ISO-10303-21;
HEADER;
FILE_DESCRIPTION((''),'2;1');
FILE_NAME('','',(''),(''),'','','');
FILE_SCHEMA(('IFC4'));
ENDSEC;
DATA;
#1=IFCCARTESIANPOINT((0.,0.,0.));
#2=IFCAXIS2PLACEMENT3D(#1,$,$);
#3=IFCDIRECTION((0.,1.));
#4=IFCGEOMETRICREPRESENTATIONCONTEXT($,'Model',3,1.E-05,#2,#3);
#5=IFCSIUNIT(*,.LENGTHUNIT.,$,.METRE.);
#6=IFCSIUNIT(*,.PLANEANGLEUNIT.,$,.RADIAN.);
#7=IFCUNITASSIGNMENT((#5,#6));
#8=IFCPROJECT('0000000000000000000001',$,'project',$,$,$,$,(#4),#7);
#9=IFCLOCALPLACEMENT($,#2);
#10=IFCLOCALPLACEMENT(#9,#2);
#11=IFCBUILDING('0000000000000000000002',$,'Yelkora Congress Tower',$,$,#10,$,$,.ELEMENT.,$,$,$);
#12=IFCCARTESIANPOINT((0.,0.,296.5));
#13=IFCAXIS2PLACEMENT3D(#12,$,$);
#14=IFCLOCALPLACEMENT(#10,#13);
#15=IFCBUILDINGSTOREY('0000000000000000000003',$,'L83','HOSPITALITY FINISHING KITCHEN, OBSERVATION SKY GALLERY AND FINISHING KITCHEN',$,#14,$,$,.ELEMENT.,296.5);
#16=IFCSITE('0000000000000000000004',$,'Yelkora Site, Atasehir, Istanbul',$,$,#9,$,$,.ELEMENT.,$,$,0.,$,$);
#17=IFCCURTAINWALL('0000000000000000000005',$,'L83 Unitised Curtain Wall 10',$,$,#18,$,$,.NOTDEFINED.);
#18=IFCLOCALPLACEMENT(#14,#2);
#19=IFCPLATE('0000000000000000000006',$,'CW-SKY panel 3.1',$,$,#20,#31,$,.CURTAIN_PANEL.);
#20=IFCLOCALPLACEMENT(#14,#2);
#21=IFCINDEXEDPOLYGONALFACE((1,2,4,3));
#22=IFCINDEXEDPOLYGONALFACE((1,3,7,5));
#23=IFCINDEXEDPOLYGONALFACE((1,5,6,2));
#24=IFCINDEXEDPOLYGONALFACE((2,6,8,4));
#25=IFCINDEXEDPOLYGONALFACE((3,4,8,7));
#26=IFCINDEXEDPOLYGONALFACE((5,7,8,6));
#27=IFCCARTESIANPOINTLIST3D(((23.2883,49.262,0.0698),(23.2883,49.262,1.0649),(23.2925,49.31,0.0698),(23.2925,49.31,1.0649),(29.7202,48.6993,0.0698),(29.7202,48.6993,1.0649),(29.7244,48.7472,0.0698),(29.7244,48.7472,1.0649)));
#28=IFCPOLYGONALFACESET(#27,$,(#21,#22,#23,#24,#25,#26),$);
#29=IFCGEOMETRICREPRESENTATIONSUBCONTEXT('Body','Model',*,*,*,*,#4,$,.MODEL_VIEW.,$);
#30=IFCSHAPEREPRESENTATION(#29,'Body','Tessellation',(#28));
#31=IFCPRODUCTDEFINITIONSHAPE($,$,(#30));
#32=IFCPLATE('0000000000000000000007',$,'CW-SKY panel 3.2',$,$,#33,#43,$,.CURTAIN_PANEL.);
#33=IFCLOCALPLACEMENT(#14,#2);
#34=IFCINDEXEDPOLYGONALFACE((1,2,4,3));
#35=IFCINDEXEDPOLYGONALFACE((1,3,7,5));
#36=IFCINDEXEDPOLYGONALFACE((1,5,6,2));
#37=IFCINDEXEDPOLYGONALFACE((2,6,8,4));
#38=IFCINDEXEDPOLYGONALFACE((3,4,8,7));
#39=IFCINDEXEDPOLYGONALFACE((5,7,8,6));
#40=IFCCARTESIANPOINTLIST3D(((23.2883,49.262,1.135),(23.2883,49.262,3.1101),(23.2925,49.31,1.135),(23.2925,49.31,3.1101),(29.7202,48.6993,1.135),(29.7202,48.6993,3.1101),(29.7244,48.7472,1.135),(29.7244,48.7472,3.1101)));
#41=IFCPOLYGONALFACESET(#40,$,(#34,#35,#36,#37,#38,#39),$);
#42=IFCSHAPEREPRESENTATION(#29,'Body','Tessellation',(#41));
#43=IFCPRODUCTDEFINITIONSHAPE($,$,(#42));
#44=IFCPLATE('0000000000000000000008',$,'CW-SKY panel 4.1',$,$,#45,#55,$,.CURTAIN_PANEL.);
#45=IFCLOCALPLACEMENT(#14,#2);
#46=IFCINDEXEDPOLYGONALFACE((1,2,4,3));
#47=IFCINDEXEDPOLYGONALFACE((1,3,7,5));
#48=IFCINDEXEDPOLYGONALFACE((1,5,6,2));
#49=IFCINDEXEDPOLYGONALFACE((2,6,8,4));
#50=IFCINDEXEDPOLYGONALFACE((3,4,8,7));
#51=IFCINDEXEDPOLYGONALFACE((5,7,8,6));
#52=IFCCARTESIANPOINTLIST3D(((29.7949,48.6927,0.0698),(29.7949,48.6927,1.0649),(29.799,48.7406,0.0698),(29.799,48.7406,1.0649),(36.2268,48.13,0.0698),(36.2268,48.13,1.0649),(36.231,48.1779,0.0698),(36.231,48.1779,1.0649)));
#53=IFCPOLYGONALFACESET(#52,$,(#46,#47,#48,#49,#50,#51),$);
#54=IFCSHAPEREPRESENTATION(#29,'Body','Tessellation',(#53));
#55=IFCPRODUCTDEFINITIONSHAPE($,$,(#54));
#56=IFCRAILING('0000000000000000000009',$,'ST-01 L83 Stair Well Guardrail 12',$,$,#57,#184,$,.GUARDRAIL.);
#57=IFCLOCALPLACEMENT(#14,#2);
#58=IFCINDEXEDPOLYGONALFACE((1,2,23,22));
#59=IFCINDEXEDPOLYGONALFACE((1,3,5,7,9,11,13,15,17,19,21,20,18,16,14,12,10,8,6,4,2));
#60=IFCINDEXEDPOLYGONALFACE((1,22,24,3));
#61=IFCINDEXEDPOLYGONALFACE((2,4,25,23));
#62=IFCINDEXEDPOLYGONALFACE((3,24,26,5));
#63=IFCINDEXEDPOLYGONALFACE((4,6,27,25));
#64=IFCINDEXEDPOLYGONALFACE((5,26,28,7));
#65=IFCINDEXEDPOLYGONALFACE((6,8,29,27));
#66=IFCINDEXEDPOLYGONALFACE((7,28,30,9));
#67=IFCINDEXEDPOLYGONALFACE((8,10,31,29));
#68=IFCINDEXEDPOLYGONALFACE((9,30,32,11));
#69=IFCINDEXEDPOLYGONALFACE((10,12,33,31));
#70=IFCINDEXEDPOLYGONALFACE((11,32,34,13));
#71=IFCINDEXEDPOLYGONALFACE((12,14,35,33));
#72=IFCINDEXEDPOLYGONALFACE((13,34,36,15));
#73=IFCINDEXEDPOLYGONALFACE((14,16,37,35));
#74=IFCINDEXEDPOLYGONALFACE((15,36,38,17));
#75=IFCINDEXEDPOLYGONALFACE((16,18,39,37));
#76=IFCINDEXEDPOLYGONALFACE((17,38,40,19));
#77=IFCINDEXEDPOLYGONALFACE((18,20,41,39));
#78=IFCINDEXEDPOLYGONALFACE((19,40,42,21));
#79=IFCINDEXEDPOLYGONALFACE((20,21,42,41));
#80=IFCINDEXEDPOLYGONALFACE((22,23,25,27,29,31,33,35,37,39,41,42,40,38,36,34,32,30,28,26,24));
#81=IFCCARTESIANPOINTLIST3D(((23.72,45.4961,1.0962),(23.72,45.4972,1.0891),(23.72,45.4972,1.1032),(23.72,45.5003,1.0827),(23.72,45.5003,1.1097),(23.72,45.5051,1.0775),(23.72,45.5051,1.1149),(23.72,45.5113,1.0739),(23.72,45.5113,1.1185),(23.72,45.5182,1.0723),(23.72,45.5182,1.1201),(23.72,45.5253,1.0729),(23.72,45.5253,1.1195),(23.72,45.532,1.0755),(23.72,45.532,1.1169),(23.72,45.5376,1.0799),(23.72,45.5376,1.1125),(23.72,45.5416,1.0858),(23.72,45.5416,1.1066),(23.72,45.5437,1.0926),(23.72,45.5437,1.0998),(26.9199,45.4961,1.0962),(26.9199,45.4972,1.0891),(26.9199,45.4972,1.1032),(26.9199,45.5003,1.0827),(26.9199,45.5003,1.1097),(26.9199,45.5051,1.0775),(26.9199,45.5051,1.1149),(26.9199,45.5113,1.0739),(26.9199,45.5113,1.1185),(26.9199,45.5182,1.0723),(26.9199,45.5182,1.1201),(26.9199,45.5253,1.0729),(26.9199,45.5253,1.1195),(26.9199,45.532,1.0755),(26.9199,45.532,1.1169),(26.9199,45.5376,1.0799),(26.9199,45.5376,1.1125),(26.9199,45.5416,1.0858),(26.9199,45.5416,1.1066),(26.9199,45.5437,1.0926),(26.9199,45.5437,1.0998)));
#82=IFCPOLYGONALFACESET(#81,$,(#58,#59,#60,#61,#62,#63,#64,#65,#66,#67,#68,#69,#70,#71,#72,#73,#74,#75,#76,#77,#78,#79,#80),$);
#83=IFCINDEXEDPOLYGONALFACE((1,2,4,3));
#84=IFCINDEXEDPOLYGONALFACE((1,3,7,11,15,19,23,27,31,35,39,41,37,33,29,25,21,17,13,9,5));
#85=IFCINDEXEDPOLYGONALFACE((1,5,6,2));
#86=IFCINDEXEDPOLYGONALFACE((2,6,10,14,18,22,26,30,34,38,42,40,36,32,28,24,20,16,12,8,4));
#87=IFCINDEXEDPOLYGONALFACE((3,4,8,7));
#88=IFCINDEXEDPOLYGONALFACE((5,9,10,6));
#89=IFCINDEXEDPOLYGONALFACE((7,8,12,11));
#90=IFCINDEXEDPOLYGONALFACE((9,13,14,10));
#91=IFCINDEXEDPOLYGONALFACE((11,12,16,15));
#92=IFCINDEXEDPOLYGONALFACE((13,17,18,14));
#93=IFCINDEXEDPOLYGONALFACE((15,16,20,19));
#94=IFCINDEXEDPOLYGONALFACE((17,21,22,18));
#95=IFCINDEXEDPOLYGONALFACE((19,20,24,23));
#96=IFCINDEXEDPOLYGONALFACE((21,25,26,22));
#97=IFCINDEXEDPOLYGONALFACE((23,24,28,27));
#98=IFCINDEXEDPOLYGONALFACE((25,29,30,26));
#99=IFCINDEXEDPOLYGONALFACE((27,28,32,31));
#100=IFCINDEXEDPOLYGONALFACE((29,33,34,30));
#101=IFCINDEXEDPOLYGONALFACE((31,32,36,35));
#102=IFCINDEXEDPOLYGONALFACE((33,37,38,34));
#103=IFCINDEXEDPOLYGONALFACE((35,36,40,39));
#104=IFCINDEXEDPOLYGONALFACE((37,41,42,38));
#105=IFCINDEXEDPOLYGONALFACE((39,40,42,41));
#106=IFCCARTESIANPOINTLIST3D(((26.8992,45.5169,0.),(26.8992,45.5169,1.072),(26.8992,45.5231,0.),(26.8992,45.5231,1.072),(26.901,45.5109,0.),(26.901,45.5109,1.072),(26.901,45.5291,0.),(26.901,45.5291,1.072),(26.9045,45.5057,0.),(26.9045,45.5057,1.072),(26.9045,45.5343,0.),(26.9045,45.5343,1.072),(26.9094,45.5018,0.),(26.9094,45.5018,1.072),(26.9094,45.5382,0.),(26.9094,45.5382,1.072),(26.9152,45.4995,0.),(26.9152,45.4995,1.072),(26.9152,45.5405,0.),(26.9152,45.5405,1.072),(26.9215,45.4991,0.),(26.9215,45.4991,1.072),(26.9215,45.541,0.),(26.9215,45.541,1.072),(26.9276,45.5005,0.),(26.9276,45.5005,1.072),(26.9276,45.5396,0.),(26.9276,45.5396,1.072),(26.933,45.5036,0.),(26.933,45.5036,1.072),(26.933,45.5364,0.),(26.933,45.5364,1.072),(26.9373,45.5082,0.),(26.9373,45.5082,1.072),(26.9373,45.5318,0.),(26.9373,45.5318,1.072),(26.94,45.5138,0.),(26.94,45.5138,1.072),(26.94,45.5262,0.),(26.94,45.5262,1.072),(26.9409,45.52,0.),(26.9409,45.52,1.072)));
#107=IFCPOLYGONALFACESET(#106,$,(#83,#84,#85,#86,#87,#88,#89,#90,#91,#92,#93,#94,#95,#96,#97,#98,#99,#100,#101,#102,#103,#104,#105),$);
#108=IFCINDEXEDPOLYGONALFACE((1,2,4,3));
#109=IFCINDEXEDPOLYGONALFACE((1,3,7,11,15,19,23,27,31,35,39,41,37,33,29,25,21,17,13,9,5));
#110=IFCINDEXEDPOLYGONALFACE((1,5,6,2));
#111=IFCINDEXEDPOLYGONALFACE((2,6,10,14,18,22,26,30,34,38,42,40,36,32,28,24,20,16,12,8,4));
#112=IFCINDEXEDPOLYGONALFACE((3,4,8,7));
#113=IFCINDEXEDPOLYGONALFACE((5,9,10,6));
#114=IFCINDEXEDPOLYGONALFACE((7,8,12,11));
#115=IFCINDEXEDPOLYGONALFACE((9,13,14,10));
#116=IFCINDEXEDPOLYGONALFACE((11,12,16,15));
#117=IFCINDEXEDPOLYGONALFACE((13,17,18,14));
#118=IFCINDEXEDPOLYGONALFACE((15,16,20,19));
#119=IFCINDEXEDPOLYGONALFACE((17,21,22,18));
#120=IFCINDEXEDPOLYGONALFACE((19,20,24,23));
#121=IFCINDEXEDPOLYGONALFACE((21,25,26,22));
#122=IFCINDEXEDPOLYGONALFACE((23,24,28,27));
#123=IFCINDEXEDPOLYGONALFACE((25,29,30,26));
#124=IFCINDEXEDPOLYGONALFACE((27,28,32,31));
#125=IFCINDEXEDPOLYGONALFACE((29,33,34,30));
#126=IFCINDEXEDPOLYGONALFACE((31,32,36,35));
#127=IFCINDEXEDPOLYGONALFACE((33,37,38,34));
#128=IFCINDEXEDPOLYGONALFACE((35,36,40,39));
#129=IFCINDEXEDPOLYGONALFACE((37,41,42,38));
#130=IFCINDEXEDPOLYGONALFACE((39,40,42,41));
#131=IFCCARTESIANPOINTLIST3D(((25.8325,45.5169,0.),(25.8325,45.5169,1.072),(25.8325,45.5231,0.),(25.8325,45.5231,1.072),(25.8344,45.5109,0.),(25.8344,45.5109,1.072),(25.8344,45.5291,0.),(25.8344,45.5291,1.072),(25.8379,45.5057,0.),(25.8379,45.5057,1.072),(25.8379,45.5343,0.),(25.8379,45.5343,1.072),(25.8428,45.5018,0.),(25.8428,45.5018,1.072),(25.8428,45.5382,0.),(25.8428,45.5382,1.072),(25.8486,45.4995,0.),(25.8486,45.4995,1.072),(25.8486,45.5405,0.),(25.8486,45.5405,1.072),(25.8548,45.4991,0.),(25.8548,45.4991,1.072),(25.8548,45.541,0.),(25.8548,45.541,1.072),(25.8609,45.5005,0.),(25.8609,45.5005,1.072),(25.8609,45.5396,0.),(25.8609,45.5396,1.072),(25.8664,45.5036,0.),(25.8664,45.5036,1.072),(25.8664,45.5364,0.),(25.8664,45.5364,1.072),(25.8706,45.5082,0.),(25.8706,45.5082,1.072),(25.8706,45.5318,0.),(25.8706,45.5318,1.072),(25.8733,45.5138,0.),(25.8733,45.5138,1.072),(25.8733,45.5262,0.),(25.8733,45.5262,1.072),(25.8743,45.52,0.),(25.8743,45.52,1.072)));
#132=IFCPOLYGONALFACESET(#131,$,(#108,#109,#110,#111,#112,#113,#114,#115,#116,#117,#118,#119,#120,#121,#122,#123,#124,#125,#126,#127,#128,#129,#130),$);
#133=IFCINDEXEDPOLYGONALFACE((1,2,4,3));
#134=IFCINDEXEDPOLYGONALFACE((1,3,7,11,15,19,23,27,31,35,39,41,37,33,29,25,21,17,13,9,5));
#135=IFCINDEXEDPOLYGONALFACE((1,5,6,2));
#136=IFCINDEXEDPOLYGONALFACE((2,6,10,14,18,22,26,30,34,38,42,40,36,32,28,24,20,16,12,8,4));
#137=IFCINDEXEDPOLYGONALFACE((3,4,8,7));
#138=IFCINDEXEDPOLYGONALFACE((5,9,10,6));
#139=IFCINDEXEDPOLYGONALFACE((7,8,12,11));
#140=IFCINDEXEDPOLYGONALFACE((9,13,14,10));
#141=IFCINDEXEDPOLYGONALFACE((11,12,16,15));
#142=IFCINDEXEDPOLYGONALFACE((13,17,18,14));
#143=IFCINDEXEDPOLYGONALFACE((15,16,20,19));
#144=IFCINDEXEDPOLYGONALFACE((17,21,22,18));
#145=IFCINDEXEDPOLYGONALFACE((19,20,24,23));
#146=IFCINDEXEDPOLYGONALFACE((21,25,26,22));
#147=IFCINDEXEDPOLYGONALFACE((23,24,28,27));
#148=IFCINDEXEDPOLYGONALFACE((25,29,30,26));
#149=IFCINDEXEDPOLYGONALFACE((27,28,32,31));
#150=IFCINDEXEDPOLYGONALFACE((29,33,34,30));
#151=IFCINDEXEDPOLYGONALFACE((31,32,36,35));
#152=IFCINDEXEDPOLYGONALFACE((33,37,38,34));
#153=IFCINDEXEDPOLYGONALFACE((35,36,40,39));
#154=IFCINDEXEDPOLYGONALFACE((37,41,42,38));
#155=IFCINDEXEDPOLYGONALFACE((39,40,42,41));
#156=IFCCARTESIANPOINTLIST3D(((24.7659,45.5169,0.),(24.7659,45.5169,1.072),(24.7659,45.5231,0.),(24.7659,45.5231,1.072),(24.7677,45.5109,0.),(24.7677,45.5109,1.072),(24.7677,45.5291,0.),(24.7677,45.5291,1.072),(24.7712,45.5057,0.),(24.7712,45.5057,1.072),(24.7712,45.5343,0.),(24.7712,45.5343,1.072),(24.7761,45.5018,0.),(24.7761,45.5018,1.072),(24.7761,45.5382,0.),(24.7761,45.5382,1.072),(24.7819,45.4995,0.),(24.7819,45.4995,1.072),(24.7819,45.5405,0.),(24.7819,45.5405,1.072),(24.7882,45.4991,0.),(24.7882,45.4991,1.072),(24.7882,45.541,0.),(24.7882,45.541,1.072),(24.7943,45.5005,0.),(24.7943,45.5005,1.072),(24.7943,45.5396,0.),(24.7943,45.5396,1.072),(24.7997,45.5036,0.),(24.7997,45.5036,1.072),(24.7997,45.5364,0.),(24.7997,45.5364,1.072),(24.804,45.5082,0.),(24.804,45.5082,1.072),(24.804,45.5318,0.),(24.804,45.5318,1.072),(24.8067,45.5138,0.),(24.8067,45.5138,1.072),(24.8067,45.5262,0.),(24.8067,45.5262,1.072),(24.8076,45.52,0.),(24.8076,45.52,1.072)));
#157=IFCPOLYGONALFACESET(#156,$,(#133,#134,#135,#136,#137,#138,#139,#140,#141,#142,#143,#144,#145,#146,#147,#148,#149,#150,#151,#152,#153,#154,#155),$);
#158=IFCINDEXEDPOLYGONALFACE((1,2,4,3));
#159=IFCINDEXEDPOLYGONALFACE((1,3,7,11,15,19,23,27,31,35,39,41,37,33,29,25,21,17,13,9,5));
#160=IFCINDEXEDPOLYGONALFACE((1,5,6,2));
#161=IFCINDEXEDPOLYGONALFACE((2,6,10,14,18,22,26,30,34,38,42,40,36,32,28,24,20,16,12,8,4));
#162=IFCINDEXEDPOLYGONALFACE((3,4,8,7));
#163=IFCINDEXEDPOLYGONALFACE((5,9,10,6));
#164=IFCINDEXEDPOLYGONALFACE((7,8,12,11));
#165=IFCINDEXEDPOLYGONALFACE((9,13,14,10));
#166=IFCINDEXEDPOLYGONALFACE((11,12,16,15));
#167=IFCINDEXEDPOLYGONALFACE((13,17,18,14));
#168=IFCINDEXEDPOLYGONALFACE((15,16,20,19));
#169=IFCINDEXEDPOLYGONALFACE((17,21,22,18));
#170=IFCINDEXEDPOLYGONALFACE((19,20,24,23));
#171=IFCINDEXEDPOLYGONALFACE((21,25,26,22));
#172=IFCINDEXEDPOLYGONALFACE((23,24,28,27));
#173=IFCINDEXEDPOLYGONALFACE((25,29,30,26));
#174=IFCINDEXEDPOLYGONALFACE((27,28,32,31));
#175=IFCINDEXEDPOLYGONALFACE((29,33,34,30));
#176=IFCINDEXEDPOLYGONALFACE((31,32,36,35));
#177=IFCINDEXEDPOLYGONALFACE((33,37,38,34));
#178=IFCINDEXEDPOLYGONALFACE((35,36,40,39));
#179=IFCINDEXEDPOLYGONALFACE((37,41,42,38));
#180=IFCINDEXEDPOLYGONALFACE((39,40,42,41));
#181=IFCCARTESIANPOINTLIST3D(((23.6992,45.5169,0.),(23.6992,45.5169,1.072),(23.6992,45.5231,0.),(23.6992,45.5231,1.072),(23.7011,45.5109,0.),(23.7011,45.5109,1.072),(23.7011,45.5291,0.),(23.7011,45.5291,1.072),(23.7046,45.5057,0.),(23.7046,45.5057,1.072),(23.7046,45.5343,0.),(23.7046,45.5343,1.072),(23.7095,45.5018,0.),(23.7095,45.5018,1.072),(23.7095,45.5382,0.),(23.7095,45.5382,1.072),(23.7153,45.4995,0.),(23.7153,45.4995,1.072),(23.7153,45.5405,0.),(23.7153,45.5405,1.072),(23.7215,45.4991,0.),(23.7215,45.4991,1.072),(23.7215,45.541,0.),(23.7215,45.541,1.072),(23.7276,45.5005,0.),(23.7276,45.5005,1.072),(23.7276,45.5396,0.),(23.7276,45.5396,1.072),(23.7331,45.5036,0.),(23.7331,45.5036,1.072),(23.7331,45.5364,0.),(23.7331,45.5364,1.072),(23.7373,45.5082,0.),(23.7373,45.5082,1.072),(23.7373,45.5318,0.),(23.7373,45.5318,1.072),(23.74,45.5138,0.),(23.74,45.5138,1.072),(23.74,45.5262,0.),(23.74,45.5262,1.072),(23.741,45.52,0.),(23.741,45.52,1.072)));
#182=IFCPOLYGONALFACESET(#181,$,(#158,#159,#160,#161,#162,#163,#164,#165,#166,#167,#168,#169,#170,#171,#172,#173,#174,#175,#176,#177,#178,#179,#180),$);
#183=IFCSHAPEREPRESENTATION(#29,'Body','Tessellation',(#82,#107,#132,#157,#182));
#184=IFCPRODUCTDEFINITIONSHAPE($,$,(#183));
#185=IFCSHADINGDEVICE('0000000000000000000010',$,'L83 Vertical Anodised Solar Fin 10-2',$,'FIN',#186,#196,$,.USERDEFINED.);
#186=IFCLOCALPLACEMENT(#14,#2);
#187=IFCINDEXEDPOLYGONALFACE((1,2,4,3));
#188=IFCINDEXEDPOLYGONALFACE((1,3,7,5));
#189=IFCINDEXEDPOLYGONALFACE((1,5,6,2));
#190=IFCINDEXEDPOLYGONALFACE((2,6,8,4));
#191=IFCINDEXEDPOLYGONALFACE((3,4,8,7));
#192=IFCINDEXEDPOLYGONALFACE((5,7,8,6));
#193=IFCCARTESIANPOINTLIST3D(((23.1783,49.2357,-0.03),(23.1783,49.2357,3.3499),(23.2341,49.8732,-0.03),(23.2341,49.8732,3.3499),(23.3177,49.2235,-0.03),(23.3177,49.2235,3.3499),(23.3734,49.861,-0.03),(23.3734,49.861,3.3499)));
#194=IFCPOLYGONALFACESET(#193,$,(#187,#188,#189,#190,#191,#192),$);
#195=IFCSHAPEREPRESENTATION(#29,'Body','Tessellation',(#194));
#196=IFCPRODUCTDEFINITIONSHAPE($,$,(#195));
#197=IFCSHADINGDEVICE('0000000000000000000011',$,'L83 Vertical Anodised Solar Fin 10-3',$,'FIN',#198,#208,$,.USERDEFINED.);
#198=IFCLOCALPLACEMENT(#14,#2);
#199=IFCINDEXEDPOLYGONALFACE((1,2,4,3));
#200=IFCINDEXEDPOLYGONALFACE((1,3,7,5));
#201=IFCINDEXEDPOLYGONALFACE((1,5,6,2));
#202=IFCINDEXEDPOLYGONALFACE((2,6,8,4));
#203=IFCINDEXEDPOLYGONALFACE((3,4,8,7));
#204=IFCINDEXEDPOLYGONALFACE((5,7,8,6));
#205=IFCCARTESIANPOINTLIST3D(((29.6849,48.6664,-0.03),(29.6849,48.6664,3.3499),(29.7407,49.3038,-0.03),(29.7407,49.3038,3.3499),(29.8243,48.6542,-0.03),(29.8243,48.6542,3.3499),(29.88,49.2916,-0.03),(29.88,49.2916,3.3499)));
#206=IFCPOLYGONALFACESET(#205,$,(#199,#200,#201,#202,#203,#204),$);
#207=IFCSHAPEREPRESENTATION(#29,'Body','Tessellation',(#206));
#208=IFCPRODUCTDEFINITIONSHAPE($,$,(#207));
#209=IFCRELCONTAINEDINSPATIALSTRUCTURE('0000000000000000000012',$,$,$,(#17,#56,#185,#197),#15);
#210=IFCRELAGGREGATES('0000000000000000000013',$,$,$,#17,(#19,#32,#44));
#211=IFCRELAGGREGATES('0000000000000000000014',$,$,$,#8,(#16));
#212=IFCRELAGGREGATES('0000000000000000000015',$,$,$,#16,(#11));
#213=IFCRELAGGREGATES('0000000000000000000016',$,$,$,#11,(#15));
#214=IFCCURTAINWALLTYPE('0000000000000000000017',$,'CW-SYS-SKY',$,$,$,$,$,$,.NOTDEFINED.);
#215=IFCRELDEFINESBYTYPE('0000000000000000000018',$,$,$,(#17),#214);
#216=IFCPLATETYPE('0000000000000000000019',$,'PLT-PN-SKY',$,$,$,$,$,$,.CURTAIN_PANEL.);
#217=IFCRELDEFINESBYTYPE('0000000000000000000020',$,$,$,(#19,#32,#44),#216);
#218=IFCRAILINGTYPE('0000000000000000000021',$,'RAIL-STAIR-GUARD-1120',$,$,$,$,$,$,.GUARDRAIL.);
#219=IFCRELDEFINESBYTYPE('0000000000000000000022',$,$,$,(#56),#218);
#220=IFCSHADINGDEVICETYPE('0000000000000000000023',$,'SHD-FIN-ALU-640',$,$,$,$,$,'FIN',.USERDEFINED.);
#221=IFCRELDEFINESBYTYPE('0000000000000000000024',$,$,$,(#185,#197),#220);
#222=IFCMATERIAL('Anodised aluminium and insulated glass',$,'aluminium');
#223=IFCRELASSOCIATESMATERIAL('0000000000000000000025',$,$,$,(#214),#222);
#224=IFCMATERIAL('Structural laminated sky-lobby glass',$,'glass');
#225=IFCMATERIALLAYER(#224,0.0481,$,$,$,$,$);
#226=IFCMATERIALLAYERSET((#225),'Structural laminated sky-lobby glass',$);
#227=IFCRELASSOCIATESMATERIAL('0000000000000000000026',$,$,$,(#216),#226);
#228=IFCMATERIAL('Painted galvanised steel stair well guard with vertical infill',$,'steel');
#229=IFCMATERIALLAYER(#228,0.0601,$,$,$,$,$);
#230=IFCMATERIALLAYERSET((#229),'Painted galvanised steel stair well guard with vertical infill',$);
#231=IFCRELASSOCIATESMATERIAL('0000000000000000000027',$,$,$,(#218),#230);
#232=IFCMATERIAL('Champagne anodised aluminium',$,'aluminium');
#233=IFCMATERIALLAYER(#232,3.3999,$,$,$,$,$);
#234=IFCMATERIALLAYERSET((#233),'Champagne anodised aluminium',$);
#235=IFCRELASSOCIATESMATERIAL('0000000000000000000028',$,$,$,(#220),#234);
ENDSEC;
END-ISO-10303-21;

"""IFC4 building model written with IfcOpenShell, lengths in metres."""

from ifc_helpers import new_model, si_unit, direction, frame, origin, origin_2d, place, context, subcontext, project, spatial, rectangle, circle, extrude, material, layer, layer_set, type_object, element, aggregate, save


model = new_model("IFC4")

# Units and contexts
model_context = context("Model", 3, precision=1e-05, world=origin(), true_north=direction((0.0, 1.0)))
body_context = subcontext(model_context, "Body", "Model", "MODEL_VIEW")
ifc_project = project(units=[si_unit("LENGTHUNIT", "METRE"), si_unit("PLANEANGLEUNIT", "RADIAN")], contexts=[model_context])

# Site, building, storey
site_placement = place(None, origin())
site = spatial("IfcSite", under=ifc_project, at=site_placement, Name="Yelkora Site, Atasehir, Istanbul", CompositionType="ELEMENT", RefElevation=0.0)
building_placement = place(site_placement, origin())
building = spatial("IfcBuilding", under=site, at=building_placement, Name="Yelkora Congress Tower", CompositionType="ELEMENT")
storey_placement = place(building_placement, frame((0.0, 0.0, 296.5)))
storey = spatial("IfcBuildingStorey", under=building, at=storey_placement, Name="L83", Description="HOSPITALITY FINISHING KITCHEN, OBSERVATION SKY GALLERY AND FINISHING KITCHEN", CompositionType="ELEMENT", Elevation=296.5)

# Curtain wall, plates
ifc_material_1 = material(Name="Anodised aluminium and insulated glass", Category="aluminium")
curtain_wall_type = type_object("IfcCurtainWallType", Name="CW-SYS-SKY", PredefinedType="NOTDEFINED", material=ifc_material_1)
curtain_wall_placement = place(storey_placement, origin())
curtain_wall = element("IfcCurtainWall", 1, at=curtain_wall_placement, inside=storey, type_object=curtain_wall_type, Name="L83 Unitised Curtain Wall 10", PredefinedType="NOTDEFINED")
ifc_material_2 = material(Name="Structural laminated sky-lobby glass", Category="glass")
ifc_layer_1 = layer(ifc_material_2, 0.0481)
ifc_layer_set_1 = layer_set([ifc_layer_1], Name="Structural laminated sky-lobby glass")
plate_type = type_object("IfcPlateType", Name="PLT-PN-SKY", PredefinedType="CURTAIN_PANEL", material=ifc_layer_set_1)
plate_1_placement = place(storey_placement, frame((26.5063, 49.0046, 0.0698), z_axis=(0.0, 0.0, 1.0), x_axis=(0.996195, -0.087157, 0.0)))
plate_1 = element("IfcPlate", 2, at=plate_1_placement, type_object=plate_type, Name="CW-SKY panel 3.1", PredefinedType="CURTAIN_PANEL", context=body_context, shape_type="SweptSolid", body=[
    extrude(rectangle(XDim=6.4565, YDim=0.0481, at=origin_2d()), origin(), (0.0, 0.0, 1.0), 0.9951),
])
plate_2_placement = place(storey_placement, frame((26.5063, 49.0046, 1.135), z_axis=(0.0, 0.0, 1.0), x_axis=(0.996195, -0.087157, 0.0)))
plate_2 = element("IfcPlate", 3, at=plate_2_placement, type_object=plate_type, Name="CW-SKY panel 3.2", PredefinedType="CURTAIN_PANEL", context=body_context, shape_type="SweptSolid", body=[
    extrude(rectangle(XDim=6.4565, YDim=0.0481, at=origin_2d()), origin(), (0.0, 0.0, 1.0), 1.9751),
])
plate_3_placement = place(storey_placement, frame((33.0129, 48.4353, 0.0698), z_axis=(0.0, 0.0, 1.0), x_axis=(0.996195, -0.087157, 0.0)))
plate_3 = element("IfcPlate", 4, at=plate_3_placement, type_object=plate_type, Name="CW-SKY panel 4.1", PredefinedType="CURTAIN_PANEL", context=body_context, shape_type="SweptSolid", body=[
    extrude(rectangle(XDim=6.4565, YDim=0.0481, at=origin_2d()), origin(), (0.0, 0.0, 1.0), 0.9951),
])
aggregate(curtain_wall, [plate_1, plate_2, plate_3])

# Railing
ifc_material_3 = material(Name="Painted galvanised steel stair well guard with vertical infill", Category="steel")
ifc_layer_2 = layer(ifc_material_3, 0.0601)
ifc_layer_set_2 = layer_set([ifc_layer_2], Name="Painted galvanised steel stair well guard with vertical infill")
railing_type = type_object("IfcRailingType", Name="RAIL-STAIR-GUARD-1120", PredefinedType="GUARDRAIL", material=ifc_layer_set_2)
railing_placement = place(storey_placement, frame((26.9199, 45.52, 0.0)))
element("IfcRailing", 5, at=railing_placement, inside=storey, type_object=railing_type, Name="ST-01 L83 Stair Well Guardrail 12", PredefinedType="GUARDRAIL", context=body_context, shape_type="SweptSolid", body=[
    extrude(circle(Radius=0.0239, at=origin_2d()), frame((0.0, 0.0, 1.0962), z_axis=(-1.0, 0.0, 0.0), x_axis=(0.0, -1.0, 0.0)), (0.0, 0.0, 1.0), 3.2),
    extrude(circle(Radius=0.021, at=origin_2d()), origin(), (0.0, 0.0, 1.0), 1.072),
    extrude(circle(Radius=0.021, at=origin_2d()), frame((-1.0667, 0.0, 0.0)), (0.0, 0.0, 1.0), 1.072),
    extrude(circle(Radius=0.021, at=origin_2d()), frame((-2.1333, 0.0, 0.0)), (0.0, 0.0, 1.0), 1.072),
    extrude(circle(Radius=0.021, at=origin_2d()), frame((-3.2, 0.0, 0.0)), (0.0, 0.0, 1.0), 1.072),
])

# Shading devices
ifc_material_4 = material(Name="Champagne anodised aluminium", Category="aluminium")
ifc_layer_3 = layer(ifc_material_4, 3.3999)
ifc_layer_set_3 = layer_set([ifc_layer_3], Name="Champagne anodised aluminium")
shading_device_type = type_object("IfcShadingDeviceType", Name="SHD-FIN-ALU-640", ElementType="FIN", PredefinedType="USERDEFINED", material=ifc_layer_set_3)
for number, where, z_axis, x_axis, name in (
    (6, (23.2759, 49.5483, -0.03), (0.0, 0.0, 1.0), (0.996195, -0.087156, 0.0), "L83 Vertical Anodised Solar Fin 10-2"),
    (7, (29.7825, 48.979, -0.03), (0.0, 0.0, 1.0), (0.996195, -0.087156, 0.0), "L83 Vertical Anodised Solar Fin 10-3"),
):
    element("IfcShadingDevice", number, at=place(storey_placement, frame(where, z_axis=z_axis, x_axis=x_axis)), inside=storey, type_object=shading_device_type, Name=name, ObjectType="FIN", PredefinedType="USERDEFINED", context=body_context, shape_type="SweptSolid", body=[
        extrude(rectangle(XDim=0.1399, YDim=0.6399, at=origin_2d()), origin(), (0.0, 0.0, 1.0), 3.3799),
    ])

save(model, "model.ifc")
